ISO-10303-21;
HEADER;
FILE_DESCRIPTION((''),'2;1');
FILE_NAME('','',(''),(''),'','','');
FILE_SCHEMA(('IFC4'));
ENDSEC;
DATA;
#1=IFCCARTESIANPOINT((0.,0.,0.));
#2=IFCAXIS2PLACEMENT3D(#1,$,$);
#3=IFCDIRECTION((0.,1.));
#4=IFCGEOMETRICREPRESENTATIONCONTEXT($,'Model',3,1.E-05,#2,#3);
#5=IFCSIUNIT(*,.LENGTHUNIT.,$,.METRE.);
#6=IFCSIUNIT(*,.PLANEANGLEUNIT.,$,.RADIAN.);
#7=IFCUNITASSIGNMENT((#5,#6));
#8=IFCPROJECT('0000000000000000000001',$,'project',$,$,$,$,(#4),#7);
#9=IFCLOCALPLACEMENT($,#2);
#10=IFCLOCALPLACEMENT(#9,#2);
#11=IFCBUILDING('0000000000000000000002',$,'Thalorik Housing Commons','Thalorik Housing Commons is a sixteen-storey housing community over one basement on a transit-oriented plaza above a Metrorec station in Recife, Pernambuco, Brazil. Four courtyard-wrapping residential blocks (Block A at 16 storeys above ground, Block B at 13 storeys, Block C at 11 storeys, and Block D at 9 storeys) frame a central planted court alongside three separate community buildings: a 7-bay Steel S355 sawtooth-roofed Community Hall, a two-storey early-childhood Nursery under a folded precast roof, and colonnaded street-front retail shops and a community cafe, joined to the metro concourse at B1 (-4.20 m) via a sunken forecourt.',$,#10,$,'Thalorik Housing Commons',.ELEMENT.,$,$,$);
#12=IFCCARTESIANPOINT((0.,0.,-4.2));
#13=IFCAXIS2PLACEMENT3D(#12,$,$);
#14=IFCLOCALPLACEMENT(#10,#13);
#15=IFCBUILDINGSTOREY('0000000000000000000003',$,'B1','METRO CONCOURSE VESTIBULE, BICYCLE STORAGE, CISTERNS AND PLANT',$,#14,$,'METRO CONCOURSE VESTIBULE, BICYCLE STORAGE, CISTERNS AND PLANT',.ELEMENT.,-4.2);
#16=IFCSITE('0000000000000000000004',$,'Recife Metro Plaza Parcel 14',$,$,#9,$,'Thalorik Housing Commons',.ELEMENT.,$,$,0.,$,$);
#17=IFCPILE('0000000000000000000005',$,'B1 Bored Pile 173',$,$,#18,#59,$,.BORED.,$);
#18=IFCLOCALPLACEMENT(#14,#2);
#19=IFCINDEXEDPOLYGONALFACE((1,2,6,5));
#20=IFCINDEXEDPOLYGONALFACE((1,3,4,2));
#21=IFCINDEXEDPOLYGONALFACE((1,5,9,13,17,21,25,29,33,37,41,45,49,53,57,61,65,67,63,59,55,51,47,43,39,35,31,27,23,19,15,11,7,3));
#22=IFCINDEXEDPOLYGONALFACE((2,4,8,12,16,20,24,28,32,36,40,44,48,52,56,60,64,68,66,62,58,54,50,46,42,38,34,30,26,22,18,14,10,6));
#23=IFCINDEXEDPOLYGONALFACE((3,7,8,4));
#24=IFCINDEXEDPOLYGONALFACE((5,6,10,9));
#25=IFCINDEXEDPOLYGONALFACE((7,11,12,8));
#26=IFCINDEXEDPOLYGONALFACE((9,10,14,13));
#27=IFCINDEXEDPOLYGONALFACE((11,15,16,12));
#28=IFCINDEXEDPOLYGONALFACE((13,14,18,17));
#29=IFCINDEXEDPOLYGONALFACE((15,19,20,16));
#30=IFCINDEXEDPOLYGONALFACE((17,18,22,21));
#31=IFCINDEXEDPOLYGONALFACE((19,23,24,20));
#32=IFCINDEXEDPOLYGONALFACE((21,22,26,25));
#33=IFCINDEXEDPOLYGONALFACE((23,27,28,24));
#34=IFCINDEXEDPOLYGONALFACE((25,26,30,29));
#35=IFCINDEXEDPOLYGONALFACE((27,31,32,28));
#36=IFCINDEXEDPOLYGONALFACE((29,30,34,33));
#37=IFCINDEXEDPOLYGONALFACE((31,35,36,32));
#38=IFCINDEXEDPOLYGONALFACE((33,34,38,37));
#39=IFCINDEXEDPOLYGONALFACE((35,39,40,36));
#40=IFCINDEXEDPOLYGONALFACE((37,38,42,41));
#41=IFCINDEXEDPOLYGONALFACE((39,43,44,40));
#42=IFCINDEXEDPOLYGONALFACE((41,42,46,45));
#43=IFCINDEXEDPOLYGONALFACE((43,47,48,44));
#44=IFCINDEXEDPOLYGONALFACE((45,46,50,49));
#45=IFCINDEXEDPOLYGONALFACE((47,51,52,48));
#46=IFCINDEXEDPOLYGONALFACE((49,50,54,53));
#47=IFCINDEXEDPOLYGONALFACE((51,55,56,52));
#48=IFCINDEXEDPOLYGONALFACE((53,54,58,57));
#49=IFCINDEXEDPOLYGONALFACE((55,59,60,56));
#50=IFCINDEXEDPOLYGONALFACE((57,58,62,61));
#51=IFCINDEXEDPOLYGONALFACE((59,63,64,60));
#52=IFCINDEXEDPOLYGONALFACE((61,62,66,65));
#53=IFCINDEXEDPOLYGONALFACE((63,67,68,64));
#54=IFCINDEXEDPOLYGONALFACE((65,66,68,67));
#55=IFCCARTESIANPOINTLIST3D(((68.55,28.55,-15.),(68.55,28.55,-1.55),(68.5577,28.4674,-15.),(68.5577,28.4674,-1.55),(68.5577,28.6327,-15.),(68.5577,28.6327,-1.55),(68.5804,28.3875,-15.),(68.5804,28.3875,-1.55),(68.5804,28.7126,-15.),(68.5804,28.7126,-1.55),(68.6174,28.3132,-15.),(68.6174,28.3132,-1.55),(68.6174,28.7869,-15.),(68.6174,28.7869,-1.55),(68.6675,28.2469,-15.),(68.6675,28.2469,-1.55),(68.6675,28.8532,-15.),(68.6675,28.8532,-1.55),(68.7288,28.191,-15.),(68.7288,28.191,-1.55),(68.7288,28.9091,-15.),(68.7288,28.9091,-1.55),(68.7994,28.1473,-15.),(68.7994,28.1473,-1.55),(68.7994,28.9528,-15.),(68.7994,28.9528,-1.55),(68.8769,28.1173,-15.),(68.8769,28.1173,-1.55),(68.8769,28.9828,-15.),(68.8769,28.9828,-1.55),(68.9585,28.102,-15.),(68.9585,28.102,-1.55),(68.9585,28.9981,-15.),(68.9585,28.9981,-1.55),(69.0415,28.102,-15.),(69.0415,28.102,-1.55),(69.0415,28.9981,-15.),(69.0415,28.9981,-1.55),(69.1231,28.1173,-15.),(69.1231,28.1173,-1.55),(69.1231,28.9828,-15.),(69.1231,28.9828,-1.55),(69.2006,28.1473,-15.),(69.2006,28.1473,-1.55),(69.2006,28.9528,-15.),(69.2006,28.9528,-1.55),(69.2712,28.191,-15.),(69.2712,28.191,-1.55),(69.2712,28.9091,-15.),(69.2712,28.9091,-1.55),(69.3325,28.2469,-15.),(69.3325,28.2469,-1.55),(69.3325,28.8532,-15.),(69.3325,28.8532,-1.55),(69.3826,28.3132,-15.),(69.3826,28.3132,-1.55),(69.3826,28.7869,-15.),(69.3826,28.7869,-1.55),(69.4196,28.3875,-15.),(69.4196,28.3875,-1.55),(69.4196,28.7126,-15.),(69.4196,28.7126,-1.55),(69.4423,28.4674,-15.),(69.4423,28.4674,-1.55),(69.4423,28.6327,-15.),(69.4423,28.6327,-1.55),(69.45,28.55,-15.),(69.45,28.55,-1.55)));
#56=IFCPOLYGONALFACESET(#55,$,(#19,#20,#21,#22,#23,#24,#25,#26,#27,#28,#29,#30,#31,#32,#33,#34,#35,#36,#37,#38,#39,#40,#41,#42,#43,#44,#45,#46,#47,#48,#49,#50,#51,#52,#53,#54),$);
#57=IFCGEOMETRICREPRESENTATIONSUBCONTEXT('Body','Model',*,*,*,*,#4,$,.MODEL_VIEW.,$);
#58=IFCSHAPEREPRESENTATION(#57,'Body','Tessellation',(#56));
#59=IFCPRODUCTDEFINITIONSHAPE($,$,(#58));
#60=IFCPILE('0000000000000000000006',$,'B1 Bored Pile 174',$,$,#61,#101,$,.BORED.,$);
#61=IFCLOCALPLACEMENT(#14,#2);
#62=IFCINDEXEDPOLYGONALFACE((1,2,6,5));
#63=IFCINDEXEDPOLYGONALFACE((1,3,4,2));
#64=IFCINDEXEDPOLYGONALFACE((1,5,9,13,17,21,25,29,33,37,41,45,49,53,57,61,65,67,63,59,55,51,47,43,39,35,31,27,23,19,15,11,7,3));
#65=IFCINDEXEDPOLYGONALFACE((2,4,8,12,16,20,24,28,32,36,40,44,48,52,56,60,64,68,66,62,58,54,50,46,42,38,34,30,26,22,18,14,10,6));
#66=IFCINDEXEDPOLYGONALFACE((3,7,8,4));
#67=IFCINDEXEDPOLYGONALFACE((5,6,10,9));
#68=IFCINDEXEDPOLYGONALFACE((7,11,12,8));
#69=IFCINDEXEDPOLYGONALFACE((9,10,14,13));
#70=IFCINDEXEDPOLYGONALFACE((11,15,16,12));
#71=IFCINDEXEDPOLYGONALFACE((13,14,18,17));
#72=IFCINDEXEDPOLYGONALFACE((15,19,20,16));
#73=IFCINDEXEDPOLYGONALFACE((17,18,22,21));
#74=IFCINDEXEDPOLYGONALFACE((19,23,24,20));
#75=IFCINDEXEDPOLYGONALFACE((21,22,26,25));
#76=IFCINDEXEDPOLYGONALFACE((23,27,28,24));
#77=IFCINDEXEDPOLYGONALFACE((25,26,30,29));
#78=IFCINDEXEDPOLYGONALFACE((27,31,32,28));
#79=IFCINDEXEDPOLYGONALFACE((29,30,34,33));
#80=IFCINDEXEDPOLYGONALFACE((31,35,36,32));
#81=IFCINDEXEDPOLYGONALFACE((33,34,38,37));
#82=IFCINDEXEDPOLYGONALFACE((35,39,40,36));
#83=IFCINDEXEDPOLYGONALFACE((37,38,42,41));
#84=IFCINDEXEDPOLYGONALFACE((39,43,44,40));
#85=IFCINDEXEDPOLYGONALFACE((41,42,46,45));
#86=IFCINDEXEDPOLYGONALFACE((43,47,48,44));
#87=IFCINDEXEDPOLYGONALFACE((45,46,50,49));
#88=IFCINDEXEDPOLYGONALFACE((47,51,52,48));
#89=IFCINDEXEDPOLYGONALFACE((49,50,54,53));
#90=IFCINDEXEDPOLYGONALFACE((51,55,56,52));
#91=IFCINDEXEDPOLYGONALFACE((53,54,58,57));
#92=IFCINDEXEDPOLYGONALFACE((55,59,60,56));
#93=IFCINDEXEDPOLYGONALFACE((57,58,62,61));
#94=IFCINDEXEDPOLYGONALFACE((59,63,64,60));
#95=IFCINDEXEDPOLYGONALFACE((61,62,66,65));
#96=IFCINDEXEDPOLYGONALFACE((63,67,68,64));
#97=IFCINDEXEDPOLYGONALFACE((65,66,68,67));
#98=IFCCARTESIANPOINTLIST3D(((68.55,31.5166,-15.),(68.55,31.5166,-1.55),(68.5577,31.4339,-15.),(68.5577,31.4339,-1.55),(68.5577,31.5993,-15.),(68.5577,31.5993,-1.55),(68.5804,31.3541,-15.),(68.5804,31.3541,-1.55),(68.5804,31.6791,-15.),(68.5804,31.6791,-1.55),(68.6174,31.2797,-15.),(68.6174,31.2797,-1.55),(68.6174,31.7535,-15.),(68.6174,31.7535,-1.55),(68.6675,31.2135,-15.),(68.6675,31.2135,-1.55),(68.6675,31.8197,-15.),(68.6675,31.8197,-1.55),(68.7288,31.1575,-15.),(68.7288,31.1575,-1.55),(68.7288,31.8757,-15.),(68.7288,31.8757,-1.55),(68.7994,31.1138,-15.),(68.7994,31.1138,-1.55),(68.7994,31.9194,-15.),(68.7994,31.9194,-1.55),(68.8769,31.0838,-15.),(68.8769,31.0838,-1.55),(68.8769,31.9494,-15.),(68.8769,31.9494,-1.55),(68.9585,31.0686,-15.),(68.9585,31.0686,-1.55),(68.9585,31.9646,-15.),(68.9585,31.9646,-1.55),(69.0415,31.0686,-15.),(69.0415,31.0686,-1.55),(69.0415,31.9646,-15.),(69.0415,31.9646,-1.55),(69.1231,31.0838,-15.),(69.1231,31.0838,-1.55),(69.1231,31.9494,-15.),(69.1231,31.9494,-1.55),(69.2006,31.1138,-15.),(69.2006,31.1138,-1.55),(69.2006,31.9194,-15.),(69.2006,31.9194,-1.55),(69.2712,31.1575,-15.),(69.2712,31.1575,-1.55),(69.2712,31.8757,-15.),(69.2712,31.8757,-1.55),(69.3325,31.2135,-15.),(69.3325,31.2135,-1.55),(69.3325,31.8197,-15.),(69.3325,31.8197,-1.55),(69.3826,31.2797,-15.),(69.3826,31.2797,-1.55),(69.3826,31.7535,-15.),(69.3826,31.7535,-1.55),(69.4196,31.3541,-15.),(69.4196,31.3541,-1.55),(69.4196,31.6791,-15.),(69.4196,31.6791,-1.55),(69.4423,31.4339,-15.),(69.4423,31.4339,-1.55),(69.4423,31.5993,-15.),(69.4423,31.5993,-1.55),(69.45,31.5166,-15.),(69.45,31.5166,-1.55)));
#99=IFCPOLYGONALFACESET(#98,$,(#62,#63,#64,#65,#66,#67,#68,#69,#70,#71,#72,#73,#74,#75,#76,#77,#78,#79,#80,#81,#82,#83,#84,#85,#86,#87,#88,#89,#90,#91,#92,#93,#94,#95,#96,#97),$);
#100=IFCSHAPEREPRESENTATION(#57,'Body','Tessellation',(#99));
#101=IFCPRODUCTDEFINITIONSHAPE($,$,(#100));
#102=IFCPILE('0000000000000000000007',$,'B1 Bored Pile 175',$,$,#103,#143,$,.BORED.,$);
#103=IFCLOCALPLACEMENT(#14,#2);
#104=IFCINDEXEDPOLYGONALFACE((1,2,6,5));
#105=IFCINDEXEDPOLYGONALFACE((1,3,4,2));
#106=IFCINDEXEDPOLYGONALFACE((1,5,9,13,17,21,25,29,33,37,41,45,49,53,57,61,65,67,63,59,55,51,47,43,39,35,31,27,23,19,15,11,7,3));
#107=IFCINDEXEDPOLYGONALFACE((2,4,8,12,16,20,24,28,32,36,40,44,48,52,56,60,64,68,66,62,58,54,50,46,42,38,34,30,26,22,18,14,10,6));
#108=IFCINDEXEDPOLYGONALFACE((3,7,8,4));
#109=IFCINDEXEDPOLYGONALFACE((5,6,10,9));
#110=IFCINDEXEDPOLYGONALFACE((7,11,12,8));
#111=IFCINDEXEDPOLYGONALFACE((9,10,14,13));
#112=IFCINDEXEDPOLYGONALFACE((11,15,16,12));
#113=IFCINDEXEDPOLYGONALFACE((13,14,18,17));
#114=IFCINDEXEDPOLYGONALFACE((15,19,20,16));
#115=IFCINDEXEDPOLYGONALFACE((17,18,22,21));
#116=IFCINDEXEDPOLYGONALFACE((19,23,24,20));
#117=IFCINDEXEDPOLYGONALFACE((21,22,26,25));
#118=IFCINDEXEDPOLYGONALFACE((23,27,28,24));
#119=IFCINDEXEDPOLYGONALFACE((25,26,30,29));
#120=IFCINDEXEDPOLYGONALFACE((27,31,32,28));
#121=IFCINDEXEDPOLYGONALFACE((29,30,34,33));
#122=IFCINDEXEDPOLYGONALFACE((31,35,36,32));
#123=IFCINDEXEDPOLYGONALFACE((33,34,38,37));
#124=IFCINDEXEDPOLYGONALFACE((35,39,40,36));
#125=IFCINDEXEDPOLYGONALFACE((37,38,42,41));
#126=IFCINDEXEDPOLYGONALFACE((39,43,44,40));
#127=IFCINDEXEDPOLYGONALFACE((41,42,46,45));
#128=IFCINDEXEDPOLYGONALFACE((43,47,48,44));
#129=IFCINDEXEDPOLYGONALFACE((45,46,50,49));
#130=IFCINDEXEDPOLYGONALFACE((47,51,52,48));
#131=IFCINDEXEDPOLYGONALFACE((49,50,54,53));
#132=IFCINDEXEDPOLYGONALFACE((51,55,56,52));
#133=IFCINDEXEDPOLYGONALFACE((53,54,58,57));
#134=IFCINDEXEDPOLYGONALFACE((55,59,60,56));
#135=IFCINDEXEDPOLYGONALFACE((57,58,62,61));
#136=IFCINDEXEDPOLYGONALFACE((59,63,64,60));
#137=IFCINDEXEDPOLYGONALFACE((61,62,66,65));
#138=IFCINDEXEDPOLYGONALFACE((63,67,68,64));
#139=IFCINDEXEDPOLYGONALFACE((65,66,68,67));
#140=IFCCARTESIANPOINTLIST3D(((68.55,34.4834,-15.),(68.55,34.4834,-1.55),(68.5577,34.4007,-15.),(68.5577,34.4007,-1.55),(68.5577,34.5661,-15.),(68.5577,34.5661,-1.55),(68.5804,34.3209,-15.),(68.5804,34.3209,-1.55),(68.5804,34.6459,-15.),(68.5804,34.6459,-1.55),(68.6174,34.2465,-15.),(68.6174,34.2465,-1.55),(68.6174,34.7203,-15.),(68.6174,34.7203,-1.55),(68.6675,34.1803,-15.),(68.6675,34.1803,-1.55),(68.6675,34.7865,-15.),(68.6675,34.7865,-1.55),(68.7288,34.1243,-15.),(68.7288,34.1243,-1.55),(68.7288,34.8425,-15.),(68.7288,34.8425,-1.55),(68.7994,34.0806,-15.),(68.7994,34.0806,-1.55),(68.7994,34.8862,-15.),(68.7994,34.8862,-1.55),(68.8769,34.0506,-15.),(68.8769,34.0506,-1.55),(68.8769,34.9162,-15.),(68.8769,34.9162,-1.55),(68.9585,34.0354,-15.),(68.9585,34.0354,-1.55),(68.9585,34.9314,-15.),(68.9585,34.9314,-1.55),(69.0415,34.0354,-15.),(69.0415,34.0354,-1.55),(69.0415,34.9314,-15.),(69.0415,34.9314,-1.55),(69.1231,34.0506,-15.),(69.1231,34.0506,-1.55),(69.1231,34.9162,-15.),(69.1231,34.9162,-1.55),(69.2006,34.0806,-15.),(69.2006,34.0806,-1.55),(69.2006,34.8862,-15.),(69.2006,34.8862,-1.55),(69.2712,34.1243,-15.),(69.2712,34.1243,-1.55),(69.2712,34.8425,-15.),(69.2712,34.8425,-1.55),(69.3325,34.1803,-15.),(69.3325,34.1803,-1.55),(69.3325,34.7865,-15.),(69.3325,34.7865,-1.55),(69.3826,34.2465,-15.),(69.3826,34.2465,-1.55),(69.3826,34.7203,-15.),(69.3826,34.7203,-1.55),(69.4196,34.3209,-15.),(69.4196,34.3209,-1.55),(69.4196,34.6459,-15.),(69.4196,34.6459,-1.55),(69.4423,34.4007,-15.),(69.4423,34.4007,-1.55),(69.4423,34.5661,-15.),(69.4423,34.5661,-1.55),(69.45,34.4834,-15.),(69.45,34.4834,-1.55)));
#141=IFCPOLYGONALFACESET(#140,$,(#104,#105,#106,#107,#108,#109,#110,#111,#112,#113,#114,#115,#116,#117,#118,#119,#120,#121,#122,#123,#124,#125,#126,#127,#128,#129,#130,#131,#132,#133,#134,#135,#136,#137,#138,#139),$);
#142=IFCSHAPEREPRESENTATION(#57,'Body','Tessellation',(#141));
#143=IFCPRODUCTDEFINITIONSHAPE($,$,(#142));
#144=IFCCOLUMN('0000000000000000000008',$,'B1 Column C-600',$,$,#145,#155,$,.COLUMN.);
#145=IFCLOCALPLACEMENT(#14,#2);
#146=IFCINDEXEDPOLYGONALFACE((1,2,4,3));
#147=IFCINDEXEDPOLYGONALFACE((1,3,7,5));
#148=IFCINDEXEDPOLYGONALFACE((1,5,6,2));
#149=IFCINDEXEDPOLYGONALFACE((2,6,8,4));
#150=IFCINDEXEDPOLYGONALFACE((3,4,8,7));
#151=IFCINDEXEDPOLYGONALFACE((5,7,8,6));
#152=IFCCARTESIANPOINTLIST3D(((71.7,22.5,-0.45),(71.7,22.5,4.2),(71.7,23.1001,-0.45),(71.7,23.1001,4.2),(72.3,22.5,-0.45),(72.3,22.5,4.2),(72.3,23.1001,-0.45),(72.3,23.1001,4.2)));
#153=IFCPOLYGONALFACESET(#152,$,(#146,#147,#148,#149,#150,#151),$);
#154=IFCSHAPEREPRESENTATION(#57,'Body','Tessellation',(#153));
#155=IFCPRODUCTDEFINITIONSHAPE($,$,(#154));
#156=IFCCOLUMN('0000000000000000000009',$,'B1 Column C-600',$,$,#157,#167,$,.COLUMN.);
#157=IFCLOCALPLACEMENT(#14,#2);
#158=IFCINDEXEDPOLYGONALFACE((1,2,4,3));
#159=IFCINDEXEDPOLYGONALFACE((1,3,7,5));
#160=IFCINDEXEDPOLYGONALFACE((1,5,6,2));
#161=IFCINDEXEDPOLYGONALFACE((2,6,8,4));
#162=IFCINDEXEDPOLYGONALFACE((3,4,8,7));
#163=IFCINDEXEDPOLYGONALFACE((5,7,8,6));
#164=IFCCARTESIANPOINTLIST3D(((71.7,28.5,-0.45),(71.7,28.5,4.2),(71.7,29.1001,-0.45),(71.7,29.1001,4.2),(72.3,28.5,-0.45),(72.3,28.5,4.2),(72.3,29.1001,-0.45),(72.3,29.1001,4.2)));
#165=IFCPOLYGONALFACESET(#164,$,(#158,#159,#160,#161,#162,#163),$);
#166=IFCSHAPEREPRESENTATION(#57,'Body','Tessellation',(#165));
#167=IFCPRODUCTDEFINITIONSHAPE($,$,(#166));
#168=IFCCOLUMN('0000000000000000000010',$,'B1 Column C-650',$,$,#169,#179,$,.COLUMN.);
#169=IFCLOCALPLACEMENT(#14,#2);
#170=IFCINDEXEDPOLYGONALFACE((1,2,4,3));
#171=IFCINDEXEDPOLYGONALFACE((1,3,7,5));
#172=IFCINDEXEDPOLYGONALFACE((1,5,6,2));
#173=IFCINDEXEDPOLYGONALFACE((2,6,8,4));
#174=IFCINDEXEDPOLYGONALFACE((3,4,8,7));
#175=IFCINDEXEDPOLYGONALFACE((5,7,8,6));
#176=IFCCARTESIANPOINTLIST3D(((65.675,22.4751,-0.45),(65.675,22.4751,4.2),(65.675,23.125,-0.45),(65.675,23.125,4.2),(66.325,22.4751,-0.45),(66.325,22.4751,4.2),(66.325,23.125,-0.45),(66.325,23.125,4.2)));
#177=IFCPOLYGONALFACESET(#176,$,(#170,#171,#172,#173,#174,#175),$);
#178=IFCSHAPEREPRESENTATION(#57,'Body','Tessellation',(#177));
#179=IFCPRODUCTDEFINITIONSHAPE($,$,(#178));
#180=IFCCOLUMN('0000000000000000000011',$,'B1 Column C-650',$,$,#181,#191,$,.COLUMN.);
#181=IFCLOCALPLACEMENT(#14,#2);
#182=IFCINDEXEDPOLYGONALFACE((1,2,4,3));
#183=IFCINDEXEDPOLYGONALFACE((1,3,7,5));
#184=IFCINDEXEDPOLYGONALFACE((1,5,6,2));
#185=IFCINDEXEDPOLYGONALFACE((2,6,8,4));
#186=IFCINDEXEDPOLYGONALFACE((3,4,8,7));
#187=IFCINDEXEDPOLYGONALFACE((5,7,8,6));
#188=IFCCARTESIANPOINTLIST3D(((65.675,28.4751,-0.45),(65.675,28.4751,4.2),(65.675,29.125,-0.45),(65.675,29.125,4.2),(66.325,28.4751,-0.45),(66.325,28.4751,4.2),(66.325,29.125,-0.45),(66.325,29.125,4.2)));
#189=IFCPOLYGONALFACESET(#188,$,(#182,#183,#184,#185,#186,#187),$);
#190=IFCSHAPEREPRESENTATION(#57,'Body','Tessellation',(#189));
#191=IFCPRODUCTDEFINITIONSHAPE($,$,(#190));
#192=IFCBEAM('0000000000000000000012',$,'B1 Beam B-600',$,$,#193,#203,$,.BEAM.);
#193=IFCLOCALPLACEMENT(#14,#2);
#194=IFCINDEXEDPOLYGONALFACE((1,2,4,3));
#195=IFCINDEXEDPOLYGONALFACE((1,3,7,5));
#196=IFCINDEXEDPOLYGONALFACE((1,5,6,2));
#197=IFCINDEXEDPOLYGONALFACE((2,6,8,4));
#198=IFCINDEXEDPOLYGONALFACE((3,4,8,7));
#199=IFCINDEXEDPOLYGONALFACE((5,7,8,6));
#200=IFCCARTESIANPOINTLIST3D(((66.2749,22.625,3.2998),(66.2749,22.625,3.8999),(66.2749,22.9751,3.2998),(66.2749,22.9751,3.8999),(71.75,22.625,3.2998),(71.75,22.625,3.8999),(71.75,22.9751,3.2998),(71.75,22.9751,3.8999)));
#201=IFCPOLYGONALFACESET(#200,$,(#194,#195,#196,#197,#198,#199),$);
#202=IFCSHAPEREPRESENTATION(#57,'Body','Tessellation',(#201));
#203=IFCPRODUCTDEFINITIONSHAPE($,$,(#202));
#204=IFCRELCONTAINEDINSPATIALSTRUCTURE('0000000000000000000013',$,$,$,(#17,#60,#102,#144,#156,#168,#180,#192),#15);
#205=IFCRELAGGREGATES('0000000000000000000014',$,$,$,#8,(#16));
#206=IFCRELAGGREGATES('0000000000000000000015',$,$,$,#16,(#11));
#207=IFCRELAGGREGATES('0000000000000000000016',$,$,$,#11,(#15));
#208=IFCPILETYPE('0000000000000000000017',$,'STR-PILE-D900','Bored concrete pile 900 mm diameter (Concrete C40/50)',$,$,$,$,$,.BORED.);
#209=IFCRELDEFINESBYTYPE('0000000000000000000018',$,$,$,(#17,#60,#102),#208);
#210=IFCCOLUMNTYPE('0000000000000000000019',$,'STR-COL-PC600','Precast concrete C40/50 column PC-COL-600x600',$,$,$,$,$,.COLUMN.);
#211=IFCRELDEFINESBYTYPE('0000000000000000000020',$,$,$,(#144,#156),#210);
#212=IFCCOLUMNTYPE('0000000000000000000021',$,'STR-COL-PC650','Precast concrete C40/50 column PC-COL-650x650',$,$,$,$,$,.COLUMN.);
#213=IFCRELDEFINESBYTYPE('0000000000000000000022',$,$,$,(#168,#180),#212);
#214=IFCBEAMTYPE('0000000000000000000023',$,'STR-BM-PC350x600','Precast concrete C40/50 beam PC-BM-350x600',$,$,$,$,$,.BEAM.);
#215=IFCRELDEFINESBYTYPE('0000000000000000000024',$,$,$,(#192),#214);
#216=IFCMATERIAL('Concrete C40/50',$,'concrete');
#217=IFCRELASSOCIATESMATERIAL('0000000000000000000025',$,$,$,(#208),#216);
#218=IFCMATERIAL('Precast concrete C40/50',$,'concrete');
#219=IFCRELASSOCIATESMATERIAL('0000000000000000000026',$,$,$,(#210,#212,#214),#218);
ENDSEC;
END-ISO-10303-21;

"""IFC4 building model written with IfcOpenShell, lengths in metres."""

from ifc_helpers import new_model, si_unit, direction, frame, origin, origin_2d, place, context, subcontext, project, spatial, rectangle, circle, extrude, material, material_profile, profile_set, type_object, element, save


model = new_model("IFC4")

# Units and contexts
model_context = context("Model", 3, precision=1e-05, world=origin(), true_north=direction((0.0, 1.0)))
body_context = subcontext(model_context, "Body", "Model", "MODEL_VIEW")
ifc_project = project(units=[si_unit("LENGTHUNIT", "METRE"), si_unit("PLANEANGLEUNIT", "RADIAN")], contexts=[model_context])

# Site, building, storey
site_placement = place(None, origin())
site = spatial("IfcSite", under=ifc_project, at=site_placement, Name="Recife Metro Plaza Parcel 14", LongName="Thalorik Housing Commons", CompositionType="ELEMENT", RefElevation=0.0)
building_placement = place(site_placement, origin())
building = spatial("IfcBuilding", under=site, at=building_placement, Name="Thalorik Housing Commons", Description="Thalorik Housing Commons is a sixteen-storey housing community over one basement on a transit-oriented plaza above a Metrorec station in Recife, Pernambuco, Brazil. Four courtyard-wrapping residential blocks (Block A at 16 storeys above ground, Block B at 13 storeys, Block C at 11 storeys, and Block D at 9 storeys) frame a central planted court alongside three separate community buildings: a 7-bay Steel S355 sawtooth-roofed Community Hall, a two-storey early-childhood Nursery under a folded precast roof, and colonnaded street-front retail shops and a community cafe, joined to the metro concourse at B1 (-4.20 m) via a sunken forecourt.", LongName="Thalorik Housing Commons", CompositionType="ELEMENT")
storey_placement = place(building_placement, frame((0.0, 0.0, -4.2)))
storey = spatial("IfcBuildingStorey", under=building, at=storey_placement, Name="B1", Description="METRO CONCOURSE VESTIBULE, BICYCLE STORAGE, CISTERNS AND PLANT", LongName="METRO CONCOURSE VESTIBULE, BICYCLE STORAGE, CISTERNS AND PLANT", CompositionType="ELEMENT", Elevation=-4.2)

# Shared definitions
ifc_material_1 = material(Name="Concrete C40/50", Category="concrete")

# Piles
ifc_material_profile_1 = material_profile(ifc_material_1, circle(Radius=0.45, at=origin_2d()), Name="BORED PILE D900", Category="concrete")
ifc_profile_set_1 = profile_set([ifc_material_profile_1], Name="Concrete C40/50")
pile_type_1 = type_object("IfcPileType", Name="STR-PILE-D900", Description="Bored concrete pile 900 mm diameter (Concrete C40/50)", PredefinedType="BORED", material=ifc_profile_set_1)
for number, where, z_axis, x_axis, name in (
    (1, (69.0, 28.55, -1.55), (0.0, 0.0, -1.0), (1.0, 0.0, 0.0), "B1 Bored Pile 173"),
    (2, (69.0, 31.5166, -1.55), (0.0, 0.0, -1.0), (1.0, 0.0, 0.0), "B1 Bored Pile 174"),
    (3, (69.0, 34.4834, -1.55), (0.0, 0.0, -1.0), (1.0, 0.0, 0.0), "B1 Bored Pile 175"),
):
    element("IfcPile", number, at=place(storey_placement, frame(where, z_axis=z_axis, x_axis=x_axis)), inside=storey, type_object=pile_type_1, Name=name, PredefinedType="BORED", context=body_context, shape_type="SweptSolid", body=[
        extrude(circle(Radius=0.45, at=origin_2d()), origin(), (0.0, 0.0, 1.0), 13.45),
    ])

# Columns
ifc_material_2 = material(Name="Precast concrete C40/50", Category="concrete")
ifc_material_profile_2 = material_profile(ifc_material_2, rectangle(XDim=0.6001, YDim=0.6001, at=origin_2d()), Name="PC 600x600", Category="concrete")
ifc_profile_set_2 = profile_set([ifc_material_profile_2], Name="Precast concrete C40/50")
column_type_1 = type_object("IfcColumnType", Name="STR-COL-PC600", Description="Precast concrete C40/50 column PC-COL-600x600", PredefinedType="COLUMN", material=ifc_profile_set_2)
for number, where, z_axis, x_axis, name in (
    (4, (72.0, 22.8, -0.45), (0.0, 0.0, 1.0), (1.0, 0.0, 0.0), "B1 Column C-600"),
    (5, (72.0, 28.8, -0.45), (0.0, 0.0, 1.0), (1.0, 0.0, 0.0), "B1 Column C-600"),
):
    element("IfcColumn", number, at=place(storey_placement, frame(where, z_axis=z_axis, x_axis=x_axis)), inside=storey, type_object=column_type_1, Name=name, PredefinedType="COLUMN", context=body_context, shape_type="SweptSolid", body=[
        extrude(rectangle(XDim=0.6001, YDim=0.6001, at=origin_2d()), origin(), (0.0, 0.0, 1.0), 4.6499),
    ])
ifc_material_profile_3 = material_profile(ifc_material_2, rectangle(XDim=0.6499, YDim=0.6499, at=origin_2d()), Name="PC 650x650", Category="concrete")
ifc_profile_set_3 = profile_set([ifc_material_profile_3], Name="Precast concrete C40/50")
column_type_2 = type_object("IfcColumnType", Name="STR-COL-PC650", Description="Precast concrete C40/50 column PC-COL-650x650", PredefinedType="COLUMN", material=ifc_profile_set_3)
for number, where, z_axis, x_axis, name in (
    (6, (66.0, 22.8, -0.45), (0.0, 0.0, 1.0), (1.0, 0.0, 0.0), "B1 Column C-650"),
    (7, (66.0, 28.8, -0.45), (0.0, 0.0, 1.0), (1.0, 0.0, 0.0), "B1 Column C-650"),
):
    element("IfcColumn", number, at=place(storey_placement, frame(where, z_axis=z_axis, x_axis=x_axis)), inside=storey, type_object=column_type_2, Name=name, PredefinedType="COLUMN", context=body_context, shape_type="SweptSolid", body=[
        extrude(rectangle(XDim=0.6499, YDim=0.6499, at=origin_2d()), origin(), (0.0, 0.0, 1.0), 4.6499),
    ])

# Beam
ifc_material_profile_4 = material_profile(ifc_material_2, rectangle(XDim=0.3501, YDim=0.6001, at=origin_2d()), Name="PC 350x600", Category="concrete")
ifc_profile_set_4 = profile_set([ifc_material_profile_4], Name="Precast concrete C40/50")
beam_type_1 = type_object("IfcBeamType", Name="STR-BM-PC350x600", Description="Precast concrete C40/50 beam PC-BM-350x600", PredefinedType="BEAM", material=ifc_profile_set_4)
for number, where, z_axis, x_axis, name in (
    (8, (66.2749, 22.8, 3.5999), (1.0, 0.0, 0.0), (0.0, 1.0, 0.0), "B1 Beam B-600"),
):
    element("IfcBeam", number, at=place(storey_placement, frame(where, z_axis=z_axis, x_axis=x_axis)), inside=storey, type_object=beam_type_1, Name=name, PredefinedType="BEAM", context=body_context, shape_type="SweptSolid", body=[
        extrude(rectangle(XDim=0.3501, YDim=0.6001, at=origin_2d()), origin(), (0.0, 0.0, 1.0), 5.4751),
    ])

save(model, "model.ifc")
